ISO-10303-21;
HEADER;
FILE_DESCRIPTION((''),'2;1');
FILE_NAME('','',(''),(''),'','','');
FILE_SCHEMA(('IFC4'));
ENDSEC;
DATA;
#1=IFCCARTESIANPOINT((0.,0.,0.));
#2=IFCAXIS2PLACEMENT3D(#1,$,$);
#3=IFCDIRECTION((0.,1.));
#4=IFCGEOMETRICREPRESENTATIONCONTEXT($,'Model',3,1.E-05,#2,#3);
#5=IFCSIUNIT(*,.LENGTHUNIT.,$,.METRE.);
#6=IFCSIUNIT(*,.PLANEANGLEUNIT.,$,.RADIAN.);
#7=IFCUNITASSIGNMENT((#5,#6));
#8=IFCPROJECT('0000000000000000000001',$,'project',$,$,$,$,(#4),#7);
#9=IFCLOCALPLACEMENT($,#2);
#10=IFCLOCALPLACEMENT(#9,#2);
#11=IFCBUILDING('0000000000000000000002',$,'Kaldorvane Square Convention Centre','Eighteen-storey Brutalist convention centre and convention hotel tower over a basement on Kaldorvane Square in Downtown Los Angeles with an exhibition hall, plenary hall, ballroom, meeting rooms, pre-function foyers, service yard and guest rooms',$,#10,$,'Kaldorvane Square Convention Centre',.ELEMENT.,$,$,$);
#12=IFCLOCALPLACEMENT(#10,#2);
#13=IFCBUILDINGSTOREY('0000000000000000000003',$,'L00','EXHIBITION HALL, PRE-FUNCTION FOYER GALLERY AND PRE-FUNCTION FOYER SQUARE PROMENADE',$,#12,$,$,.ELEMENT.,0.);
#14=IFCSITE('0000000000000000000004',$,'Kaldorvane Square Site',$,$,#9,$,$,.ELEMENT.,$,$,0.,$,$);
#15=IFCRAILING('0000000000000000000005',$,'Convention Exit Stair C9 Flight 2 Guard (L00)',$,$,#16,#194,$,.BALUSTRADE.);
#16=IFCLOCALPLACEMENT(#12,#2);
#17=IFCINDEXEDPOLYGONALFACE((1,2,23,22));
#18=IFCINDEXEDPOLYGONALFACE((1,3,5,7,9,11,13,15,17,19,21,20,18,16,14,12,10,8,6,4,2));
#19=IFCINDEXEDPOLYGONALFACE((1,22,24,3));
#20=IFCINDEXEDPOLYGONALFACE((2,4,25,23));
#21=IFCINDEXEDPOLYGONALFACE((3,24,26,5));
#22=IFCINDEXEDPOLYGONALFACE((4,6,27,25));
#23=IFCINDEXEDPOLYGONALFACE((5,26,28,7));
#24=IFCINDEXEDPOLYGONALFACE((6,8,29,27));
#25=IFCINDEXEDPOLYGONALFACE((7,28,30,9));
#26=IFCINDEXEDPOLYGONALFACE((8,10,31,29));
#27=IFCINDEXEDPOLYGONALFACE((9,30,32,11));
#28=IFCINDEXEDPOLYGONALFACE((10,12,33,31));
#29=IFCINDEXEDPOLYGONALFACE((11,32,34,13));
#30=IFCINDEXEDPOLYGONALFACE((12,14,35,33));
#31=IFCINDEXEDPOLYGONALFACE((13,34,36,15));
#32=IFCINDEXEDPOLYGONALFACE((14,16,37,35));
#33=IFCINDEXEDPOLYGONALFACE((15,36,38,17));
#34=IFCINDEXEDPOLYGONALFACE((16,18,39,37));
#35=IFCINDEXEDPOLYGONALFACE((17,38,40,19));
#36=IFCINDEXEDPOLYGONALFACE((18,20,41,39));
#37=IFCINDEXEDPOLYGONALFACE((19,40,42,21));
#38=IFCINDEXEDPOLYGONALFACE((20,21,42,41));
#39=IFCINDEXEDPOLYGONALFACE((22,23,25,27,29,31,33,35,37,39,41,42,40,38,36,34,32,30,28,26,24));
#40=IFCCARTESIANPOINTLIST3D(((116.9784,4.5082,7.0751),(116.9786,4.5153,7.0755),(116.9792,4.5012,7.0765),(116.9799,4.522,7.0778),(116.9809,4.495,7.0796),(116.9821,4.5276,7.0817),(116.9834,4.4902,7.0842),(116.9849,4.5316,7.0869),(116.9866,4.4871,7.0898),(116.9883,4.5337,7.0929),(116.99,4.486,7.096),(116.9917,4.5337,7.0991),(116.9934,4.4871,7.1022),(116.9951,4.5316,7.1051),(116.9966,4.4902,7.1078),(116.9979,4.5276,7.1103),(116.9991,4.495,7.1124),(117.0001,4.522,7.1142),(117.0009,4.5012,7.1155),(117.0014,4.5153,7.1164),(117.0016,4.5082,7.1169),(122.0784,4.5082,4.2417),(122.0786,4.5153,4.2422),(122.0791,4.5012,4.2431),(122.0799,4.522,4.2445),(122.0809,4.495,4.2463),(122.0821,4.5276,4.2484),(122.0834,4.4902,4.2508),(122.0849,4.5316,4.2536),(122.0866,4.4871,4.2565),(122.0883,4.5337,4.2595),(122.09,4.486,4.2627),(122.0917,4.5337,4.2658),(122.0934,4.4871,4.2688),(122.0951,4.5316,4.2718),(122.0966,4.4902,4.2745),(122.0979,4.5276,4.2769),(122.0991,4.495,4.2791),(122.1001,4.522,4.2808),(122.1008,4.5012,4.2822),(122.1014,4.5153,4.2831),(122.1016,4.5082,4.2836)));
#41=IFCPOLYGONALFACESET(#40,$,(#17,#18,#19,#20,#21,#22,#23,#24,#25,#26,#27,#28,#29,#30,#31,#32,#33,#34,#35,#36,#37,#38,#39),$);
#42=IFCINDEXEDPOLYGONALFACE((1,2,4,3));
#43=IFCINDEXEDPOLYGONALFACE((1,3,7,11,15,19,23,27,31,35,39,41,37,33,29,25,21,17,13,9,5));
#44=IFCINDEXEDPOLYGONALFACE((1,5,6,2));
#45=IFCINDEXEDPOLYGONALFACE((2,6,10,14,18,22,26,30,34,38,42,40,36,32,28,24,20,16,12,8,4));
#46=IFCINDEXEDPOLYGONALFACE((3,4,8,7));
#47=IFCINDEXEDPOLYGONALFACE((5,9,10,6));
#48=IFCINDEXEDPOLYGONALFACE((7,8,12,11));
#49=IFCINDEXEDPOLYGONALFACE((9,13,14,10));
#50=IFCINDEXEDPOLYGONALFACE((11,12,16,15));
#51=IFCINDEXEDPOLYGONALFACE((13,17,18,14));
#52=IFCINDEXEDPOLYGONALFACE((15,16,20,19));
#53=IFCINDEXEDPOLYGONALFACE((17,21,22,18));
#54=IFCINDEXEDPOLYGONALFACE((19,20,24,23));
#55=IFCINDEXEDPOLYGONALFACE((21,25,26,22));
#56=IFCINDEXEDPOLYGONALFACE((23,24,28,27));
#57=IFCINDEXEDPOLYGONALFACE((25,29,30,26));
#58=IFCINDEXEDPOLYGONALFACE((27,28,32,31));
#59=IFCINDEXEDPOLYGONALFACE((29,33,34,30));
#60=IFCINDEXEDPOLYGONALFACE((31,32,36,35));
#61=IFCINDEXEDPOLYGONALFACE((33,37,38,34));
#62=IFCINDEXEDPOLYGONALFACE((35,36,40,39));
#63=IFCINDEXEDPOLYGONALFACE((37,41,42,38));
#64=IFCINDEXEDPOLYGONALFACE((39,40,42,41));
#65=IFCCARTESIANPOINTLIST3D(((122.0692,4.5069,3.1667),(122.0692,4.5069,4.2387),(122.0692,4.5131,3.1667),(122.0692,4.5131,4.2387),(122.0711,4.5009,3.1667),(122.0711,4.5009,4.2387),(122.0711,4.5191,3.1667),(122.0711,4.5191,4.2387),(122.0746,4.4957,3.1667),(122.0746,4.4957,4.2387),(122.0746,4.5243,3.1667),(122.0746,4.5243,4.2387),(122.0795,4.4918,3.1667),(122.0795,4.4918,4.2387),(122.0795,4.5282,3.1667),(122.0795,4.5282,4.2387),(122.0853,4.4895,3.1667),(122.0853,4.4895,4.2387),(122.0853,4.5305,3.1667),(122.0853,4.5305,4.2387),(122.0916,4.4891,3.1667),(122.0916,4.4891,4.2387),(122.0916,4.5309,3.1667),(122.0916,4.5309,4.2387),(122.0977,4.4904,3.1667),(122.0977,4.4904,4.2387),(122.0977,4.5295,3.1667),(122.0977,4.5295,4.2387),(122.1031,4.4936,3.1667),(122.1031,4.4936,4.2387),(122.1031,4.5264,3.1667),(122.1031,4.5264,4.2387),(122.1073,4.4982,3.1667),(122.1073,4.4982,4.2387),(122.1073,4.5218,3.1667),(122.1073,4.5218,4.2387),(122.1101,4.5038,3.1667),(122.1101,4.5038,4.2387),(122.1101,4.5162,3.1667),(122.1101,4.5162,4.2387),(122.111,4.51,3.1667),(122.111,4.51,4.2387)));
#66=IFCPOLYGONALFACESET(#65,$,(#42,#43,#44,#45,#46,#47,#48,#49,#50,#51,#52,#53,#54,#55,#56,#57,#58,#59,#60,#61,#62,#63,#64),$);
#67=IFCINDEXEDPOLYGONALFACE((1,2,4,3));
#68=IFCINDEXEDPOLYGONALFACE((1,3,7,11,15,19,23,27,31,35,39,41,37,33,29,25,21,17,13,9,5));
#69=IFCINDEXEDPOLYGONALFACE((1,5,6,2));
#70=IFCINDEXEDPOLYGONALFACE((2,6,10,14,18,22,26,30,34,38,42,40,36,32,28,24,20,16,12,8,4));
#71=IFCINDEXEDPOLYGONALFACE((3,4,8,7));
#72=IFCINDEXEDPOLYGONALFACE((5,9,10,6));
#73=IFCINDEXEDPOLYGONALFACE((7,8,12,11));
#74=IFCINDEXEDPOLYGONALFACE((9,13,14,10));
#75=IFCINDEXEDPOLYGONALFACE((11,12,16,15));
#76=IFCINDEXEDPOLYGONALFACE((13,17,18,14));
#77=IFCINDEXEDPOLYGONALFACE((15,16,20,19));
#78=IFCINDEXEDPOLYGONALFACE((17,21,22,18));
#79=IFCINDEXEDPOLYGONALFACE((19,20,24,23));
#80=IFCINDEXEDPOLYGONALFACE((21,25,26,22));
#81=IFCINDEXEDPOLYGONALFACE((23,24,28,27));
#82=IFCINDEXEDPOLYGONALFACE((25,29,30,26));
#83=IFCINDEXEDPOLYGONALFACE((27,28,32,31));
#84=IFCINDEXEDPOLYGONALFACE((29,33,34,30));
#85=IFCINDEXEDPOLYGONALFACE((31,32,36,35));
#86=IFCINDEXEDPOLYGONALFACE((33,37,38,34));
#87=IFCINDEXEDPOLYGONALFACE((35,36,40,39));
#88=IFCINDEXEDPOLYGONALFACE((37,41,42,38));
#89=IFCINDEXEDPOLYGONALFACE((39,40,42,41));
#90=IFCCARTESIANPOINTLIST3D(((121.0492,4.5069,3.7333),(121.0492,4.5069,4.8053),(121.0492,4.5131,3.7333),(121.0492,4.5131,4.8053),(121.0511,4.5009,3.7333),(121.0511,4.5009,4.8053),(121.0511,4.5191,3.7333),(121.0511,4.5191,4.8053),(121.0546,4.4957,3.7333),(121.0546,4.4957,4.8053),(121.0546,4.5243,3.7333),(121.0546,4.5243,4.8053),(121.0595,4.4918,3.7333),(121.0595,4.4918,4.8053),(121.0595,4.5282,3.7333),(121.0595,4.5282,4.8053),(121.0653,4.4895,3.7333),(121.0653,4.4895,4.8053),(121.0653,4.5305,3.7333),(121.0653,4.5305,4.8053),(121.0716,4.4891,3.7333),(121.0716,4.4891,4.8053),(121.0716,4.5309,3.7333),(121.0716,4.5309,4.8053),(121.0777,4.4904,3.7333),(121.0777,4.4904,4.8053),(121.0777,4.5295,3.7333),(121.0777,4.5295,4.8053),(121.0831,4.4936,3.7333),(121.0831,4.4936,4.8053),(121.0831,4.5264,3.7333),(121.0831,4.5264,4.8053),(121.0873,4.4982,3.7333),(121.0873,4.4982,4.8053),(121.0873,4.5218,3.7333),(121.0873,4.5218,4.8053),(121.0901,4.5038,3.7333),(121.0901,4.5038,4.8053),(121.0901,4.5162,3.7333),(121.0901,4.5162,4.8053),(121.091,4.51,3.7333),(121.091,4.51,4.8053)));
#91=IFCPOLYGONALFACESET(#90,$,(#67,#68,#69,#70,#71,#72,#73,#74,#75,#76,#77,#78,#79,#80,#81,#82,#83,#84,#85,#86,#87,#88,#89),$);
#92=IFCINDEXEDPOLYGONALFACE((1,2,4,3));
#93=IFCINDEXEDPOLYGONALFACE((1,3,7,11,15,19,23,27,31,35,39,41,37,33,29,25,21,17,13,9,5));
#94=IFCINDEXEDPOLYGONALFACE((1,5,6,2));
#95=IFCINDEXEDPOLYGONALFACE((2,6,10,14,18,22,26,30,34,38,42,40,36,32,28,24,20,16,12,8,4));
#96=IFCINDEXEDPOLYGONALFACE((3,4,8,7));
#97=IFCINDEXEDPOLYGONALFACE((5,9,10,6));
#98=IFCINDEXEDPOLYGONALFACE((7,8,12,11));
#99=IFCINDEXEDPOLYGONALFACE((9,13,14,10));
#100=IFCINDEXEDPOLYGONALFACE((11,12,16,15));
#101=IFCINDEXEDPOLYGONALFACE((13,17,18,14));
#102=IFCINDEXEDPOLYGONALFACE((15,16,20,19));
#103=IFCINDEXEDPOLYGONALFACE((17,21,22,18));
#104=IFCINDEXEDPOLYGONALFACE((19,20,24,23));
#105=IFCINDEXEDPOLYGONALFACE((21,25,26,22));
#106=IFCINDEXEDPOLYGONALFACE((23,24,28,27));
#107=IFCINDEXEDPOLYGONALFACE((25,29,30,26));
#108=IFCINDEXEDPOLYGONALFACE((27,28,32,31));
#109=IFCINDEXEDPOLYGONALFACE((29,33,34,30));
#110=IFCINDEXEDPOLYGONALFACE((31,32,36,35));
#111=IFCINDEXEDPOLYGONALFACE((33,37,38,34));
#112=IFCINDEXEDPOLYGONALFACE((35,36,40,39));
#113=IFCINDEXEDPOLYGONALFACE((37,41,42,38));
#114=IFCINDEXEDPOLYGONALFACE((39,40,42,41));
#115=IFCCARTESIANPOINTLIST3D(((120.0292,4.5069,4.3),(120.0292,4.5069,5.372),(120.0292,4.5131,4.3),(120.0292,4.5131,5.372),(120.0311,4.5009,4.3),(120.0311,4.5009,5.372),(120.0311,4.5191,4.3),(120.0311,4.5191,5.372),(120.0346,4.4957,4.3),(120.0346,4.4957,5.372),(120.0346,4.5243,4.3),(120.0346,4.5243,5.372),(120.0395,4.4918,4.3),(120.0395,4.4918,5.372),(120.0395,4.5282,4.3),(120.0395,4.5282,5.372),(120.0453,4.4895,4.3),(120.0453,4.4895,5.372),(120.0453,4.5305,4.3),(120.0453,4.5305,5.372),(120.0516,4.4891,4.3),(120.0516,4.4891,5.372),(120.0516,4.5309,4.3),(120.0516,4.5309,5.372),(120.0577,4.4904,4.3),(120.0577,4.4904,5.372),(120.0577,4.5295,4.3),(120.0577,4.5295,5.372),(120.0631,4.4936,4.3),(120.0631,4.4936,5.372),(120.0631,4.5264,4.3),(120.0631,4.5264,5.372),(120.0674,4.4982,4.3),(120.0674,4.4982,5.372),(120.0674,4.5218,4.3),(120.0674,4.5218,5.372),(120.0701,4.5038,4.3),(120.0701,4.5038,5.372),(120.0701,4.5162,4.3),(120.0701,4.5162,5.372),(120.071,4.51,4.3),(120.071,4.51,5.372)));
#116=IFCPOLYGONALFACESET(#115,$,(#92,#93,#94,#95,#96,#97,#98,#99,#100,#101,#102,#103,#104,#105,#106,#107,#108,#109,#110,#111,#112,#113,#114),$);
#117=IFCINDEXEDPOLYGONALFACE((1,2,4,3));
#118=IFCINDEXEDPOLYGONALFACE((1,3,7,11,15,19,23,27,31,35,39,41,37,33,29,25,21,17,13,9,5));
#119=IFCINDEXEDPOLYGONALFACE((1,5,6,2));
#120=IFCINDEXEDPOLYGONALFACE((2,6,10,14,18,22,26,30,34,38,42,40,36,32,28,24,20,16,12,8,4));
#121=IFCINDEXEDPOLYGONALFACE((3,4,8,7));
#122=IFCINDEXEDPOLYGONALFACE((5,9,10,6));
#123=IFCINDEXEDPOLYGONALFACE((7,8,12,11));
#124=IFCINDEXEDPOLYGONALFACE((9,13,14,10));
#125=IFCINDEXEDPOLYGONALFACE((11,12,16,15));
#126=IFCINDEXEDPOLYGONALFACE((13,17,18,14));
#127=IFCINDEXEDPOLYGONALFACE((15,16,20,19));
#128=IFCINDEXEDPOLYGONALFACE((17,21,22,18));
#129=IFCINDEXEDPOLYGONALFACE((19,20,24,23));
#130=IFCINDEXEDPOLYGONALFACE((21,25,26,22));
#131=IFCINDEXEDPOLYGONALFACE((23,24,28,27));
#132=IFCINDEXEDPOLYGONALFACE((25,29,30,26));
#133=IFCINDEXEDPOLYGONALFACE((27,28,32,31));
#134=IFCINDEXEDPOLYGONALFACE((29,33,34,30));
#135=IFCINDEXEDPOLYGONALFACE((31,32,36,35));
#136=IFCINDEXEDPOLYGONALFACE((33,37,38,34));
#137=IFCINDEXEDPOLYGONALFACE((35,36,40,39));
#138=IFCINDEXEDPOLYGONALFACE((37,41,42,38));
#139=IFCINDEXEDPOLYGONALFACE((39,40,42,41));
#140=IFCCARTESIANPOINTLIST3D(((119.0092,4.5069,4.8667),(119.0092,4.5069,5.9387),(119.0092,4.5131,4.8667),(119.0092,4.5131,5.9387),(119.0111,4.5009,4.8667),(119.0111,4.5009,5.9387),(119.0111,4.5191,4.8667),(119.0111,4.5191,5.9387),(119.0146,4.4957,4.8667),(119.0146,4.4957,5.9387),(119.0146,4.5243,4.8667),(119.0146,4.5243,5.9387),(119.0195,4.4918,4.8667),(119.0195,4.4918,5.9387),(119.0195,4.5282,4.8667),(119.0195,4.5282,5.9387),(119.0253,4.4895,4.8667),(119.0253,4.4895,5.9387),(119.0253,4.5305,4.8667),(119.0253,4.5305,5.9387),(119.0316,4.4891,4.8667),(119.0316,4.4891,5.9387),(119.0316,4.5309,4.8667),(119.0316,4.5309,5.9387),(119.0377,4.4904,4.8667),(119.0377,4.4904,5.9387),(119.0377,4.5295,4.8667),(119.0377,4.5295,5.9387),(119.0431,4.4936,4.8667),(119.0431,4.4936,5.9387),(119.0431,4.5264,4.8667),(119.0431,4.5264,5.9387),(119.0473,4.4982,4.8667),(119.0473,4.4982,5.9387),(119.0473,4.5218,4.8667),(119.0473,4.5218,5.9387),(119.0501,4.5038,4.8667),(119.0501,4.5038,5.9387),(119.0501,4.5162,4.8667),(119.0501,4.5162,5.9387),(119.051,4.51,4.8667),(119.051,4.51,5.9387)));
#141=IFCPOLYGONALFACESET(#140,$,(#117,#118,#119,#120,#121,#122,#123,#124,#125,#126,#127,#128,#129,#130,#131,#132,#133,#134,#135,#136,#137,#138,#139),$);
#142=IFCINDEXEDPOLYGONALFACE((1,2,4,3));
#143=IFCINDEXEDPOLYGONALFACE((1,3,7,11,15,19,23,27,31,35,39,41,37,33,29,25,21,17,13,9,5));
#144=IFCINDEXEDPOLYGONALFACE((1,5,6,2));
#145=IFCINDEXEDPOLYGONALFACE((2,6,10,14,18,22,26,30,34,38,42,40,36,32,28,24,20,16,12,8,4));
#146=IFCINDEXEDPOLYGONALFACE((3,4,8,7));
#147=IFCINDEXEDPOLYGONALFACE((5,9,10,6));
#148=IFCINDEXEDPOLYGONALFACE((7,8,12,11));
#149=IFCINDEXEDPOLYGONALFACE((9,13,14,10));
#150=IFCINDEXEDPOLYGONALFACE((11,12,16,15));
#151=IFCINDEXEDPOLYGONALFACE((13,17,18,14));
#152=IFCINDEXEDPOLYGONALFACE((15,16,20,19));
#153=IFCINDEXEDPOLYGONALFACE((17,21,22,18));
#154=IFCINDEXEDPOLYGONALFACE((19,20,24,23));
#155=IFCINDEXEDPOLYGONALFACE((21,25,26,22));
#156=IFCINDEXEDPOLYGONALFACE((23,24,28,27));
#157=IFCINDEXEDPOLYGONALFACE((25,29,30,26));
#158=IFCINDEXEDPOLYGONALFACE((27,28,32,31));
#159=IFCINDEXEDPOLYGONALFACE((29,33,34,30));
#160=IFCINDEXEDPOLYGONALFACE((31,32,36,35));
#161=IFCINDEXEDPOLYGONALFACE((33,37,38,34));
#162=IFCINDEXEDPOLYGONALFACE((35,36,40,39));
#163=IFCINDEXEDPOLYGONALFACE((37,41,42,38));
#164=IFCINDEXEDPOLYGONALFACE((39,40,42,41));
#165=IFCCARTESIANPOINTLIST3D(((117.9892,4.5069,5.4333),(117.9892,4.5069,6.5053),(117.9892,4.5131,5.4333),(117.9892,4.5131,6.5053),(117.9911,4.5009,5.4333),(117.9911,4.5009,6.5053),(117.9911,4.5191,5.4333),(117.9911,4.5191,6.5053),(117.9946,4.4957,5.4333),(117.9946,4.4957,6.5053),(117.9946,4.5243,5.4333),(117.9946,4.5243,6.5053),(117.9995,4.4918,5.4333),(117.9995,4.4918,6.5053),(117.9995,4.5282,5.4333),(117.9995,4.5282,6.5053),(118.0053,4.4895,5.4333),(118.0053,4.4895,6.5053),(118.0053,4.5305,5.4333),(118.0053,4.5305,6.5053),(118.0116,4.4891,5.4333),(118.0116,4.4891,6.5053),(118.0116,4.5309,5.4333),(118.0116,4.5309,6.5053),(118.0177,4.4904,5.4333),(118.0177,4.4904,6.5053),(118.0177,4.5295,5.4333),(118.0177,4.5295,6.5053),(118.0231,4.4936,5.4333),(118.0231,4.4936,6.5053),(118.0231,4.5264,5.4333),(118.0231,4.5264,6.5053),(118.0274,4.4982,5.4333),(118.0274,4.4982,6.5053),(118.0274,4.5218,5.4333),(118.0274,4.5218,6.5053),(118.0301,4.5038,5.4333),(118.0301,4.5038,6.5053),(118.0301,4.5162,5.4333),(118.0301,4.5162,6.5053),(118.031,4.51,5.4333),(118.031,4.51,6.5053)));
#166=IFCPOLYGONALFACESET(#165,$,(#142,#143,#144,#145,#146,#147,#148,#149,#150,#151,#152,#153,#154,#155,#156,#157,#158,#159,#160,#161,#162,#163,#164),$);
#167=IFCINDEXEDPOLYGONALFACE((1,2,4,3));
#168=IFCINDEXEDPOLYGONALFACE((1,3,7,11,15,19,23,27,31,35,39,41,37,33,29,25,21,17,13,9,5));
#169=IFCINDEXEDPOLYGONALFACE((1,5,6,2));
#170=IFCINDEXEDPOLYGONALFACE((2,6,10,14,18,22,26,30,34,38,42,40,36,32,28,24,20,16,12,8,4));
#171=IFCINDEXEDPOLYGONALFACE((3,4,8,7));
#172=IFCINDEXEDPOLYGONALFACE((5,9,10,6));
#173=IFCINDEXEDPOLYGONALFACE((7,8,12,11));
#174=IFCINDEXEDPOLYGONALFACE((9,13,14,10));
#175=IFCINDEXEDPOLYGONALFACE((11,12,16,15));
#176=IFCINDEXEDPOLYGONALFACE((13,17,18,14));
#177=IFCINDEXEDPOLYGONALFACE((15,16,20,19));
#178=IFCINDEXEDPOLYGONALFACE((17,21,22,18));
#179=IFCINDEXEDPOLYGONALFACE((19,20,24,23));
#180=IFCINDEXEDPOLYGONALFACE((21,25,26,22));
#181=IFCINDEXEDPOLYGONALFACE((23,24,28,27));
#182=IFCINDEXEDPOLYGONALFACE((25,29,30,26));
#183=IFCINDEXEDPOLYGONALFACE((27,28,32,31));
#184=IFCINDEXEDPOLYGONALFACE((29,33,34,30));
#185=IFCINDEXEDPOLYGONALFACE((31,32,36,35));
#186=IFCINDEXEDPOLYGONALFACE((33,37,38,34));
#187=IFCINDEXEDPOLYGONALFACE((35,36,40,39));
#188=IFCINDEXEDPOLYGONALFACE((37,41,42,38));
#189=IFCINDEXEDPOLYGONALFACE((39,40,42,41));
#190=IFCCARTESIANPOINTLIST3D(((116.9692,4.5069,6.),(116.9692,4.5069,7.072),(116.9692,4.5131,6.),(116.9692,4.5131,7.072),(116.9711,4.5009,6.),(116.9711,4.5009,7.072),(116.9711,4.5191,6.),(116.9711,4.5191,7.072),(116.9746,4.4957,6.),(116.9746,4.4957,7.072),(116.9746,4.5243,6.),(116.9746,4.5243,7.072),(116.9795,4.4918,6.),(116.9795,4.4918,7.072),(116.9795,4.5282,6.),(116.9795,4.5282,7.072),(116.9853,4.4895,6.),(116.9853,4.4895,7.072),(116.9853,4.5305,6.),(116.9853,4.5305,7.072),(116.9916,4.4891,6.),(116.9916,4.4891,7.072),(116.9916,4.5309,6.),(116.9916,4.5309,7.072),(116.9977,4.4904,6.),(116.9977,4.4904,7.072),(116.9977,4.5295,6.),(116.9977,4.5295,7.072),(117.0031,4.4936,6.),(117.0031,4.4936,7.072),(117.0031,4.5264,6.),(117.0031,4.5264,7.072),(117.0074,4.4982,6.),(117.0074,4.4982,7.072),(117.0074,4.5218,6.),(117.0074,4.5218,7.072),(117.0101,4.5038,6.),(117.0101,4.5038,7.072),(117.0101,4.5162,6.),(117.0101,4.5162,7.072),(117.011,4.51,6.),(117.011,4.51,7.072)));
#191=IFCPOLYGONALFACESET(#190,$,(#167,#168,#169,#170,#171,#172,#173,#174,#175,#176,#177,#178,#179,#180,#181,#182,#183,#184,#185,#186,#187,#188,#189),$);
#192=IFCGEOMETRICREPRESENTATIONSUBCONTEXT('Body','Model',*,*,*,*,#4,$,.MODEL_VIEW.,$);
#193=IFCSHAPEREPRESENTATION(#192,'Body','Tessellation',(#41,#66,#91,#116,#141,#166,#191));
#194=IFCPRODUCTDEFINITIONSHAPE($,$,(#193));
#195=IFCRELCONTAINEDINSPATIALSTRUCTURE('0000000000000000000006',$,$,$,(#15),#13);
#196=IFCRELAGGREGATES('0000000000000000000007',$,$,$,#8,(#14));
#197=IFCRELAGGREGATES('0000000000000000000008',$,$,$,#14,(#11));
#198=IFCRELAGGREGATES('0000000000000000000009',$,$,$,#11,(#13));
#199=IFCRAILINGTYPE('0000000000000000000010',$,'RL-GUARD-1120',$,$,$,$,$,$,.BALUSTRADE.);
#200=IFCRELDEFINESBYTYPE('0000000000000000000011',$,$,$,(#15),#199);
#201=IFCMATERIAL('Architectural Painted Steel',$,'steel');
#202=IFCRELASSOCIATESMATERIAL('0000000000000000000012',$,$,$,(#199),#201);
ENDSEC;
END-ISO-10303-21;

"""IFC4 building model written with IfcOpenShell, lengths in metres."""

from ifc_helpers import new_model, si_unit, direction, frame, origin, origin_2d, place, context, subcontext, project, spatial, circle, extrude, material, type_object, element, save


model = new_model("IFC4")

# Units and contexts
model_context = context("Model", 3, precision=1e-05, world=origin(), true_north=direction((0.0, 1.0)))
body_context = subcontext(model_context, "Body", "Model", "MODEL_VIEW")
ifc_project = project(units=[si_unit("LENGTHUNIT", "METRE"), si_unit("PLANEANGLEUNIT", "RADIAN")], contexts=[model_context])

# Site, building, storey
site_placement = place(None, origin())
site = spatial("IfcSite", under=ifc_project, at=site_placement, Name="Kaldorvane Square Site", CompositionType="ELEMENT", RefElevation=0.0)
building_placement = place(site_placement, origin())
building = spatial("IfcBuilding", under=site, at=building_placement, Name="Kaldorvane Square Convention Centre", Description="Eighteen-storey Brutalist convention centre and convention hotel tower over a basement on Kaldorvane Square in Downtown Los Angeles with an exhibition hall, plenary hall, ballroom, meeting rooms, pre-function foyers, service yard and guest rooms", LongName="Kaldorvane Square Convention Centre", CompositionType="ELEMENT")
storey_placement = place(building_placement, origin())
storey = spatial("IfcBuildingStorey", under=building, at=storey_placement, Name="L00", Description="EXHIBITION HALL, PRE-FUNCTION FOYER GALLERY AND PRE-FUNCTION FOYER SQUARE PROMENADE", CompositionType="ELEMENT", Elevation=0.0)

# Railing
ifc_material_1 = material(Name="Architectural Painted Steel", Category="steel")
railing_type_1 = type_object("IfcRailingType", Name="RL-GUARD-1120", PredefinedType="BALUSTRADE", material=ifc_material_1)
railing_1_placement = place(storey_placement, frame((122.09, 4.51, 3.1667)))
element("IfcRailing", 1, at=railing_1_placement, inside=storey, type_object=railing_type_1, Name="Convention Exit Stair C9 Flight 2 Guard (L00)", PredefinedType="BALUSTRADE", context=body_context, shape_type="SweptSolid", body=[
    extrude(circle(Radius=0.024, at=origin_2d()), frame((0.0, 0.0, 1.096), z_axis=(-0.874157, 0.0, 0.485643), x_axis=(0.0, -1.0, 0.0)), (0.0, 0.0, 1.0), 5.8342),
    extrude(circle(Radius=0.021, at=origin_2d()), origin(), (0.0, 0.0, 1.0), 1.072),
    extrude(circle(Radius=0.021, at=origin_2d()), frame((-1.02, 0.0, 0.5667)), (0.0, 0.0, 1.0), 1.072),
    extrude(circle(Radius=0.021, at=origin_2d()), frame((-2.04, 0.0, 1.1333)), (0.0, 0.0, 1.0), 1.072),
    extrude(circle(Radius=0.021, at=origin_2d()), frame((-3.06, 0.0, 1.7)), (0.0, 0.0, 1.0), 1.072),
    extrude(circle(Radius=0.021, at=origin_2d()), frame((-4.08, 0.0, 2.2667)), (0.0, 0.0, 1.0), 1.072),
    extrude(circle(Radius=0.021, at=origin_2d()), frame((-5.1, 0.0, 2.8333)), (0.0, 0.0, 1.0), 1.072),
])

save(model, "model.ifc")
